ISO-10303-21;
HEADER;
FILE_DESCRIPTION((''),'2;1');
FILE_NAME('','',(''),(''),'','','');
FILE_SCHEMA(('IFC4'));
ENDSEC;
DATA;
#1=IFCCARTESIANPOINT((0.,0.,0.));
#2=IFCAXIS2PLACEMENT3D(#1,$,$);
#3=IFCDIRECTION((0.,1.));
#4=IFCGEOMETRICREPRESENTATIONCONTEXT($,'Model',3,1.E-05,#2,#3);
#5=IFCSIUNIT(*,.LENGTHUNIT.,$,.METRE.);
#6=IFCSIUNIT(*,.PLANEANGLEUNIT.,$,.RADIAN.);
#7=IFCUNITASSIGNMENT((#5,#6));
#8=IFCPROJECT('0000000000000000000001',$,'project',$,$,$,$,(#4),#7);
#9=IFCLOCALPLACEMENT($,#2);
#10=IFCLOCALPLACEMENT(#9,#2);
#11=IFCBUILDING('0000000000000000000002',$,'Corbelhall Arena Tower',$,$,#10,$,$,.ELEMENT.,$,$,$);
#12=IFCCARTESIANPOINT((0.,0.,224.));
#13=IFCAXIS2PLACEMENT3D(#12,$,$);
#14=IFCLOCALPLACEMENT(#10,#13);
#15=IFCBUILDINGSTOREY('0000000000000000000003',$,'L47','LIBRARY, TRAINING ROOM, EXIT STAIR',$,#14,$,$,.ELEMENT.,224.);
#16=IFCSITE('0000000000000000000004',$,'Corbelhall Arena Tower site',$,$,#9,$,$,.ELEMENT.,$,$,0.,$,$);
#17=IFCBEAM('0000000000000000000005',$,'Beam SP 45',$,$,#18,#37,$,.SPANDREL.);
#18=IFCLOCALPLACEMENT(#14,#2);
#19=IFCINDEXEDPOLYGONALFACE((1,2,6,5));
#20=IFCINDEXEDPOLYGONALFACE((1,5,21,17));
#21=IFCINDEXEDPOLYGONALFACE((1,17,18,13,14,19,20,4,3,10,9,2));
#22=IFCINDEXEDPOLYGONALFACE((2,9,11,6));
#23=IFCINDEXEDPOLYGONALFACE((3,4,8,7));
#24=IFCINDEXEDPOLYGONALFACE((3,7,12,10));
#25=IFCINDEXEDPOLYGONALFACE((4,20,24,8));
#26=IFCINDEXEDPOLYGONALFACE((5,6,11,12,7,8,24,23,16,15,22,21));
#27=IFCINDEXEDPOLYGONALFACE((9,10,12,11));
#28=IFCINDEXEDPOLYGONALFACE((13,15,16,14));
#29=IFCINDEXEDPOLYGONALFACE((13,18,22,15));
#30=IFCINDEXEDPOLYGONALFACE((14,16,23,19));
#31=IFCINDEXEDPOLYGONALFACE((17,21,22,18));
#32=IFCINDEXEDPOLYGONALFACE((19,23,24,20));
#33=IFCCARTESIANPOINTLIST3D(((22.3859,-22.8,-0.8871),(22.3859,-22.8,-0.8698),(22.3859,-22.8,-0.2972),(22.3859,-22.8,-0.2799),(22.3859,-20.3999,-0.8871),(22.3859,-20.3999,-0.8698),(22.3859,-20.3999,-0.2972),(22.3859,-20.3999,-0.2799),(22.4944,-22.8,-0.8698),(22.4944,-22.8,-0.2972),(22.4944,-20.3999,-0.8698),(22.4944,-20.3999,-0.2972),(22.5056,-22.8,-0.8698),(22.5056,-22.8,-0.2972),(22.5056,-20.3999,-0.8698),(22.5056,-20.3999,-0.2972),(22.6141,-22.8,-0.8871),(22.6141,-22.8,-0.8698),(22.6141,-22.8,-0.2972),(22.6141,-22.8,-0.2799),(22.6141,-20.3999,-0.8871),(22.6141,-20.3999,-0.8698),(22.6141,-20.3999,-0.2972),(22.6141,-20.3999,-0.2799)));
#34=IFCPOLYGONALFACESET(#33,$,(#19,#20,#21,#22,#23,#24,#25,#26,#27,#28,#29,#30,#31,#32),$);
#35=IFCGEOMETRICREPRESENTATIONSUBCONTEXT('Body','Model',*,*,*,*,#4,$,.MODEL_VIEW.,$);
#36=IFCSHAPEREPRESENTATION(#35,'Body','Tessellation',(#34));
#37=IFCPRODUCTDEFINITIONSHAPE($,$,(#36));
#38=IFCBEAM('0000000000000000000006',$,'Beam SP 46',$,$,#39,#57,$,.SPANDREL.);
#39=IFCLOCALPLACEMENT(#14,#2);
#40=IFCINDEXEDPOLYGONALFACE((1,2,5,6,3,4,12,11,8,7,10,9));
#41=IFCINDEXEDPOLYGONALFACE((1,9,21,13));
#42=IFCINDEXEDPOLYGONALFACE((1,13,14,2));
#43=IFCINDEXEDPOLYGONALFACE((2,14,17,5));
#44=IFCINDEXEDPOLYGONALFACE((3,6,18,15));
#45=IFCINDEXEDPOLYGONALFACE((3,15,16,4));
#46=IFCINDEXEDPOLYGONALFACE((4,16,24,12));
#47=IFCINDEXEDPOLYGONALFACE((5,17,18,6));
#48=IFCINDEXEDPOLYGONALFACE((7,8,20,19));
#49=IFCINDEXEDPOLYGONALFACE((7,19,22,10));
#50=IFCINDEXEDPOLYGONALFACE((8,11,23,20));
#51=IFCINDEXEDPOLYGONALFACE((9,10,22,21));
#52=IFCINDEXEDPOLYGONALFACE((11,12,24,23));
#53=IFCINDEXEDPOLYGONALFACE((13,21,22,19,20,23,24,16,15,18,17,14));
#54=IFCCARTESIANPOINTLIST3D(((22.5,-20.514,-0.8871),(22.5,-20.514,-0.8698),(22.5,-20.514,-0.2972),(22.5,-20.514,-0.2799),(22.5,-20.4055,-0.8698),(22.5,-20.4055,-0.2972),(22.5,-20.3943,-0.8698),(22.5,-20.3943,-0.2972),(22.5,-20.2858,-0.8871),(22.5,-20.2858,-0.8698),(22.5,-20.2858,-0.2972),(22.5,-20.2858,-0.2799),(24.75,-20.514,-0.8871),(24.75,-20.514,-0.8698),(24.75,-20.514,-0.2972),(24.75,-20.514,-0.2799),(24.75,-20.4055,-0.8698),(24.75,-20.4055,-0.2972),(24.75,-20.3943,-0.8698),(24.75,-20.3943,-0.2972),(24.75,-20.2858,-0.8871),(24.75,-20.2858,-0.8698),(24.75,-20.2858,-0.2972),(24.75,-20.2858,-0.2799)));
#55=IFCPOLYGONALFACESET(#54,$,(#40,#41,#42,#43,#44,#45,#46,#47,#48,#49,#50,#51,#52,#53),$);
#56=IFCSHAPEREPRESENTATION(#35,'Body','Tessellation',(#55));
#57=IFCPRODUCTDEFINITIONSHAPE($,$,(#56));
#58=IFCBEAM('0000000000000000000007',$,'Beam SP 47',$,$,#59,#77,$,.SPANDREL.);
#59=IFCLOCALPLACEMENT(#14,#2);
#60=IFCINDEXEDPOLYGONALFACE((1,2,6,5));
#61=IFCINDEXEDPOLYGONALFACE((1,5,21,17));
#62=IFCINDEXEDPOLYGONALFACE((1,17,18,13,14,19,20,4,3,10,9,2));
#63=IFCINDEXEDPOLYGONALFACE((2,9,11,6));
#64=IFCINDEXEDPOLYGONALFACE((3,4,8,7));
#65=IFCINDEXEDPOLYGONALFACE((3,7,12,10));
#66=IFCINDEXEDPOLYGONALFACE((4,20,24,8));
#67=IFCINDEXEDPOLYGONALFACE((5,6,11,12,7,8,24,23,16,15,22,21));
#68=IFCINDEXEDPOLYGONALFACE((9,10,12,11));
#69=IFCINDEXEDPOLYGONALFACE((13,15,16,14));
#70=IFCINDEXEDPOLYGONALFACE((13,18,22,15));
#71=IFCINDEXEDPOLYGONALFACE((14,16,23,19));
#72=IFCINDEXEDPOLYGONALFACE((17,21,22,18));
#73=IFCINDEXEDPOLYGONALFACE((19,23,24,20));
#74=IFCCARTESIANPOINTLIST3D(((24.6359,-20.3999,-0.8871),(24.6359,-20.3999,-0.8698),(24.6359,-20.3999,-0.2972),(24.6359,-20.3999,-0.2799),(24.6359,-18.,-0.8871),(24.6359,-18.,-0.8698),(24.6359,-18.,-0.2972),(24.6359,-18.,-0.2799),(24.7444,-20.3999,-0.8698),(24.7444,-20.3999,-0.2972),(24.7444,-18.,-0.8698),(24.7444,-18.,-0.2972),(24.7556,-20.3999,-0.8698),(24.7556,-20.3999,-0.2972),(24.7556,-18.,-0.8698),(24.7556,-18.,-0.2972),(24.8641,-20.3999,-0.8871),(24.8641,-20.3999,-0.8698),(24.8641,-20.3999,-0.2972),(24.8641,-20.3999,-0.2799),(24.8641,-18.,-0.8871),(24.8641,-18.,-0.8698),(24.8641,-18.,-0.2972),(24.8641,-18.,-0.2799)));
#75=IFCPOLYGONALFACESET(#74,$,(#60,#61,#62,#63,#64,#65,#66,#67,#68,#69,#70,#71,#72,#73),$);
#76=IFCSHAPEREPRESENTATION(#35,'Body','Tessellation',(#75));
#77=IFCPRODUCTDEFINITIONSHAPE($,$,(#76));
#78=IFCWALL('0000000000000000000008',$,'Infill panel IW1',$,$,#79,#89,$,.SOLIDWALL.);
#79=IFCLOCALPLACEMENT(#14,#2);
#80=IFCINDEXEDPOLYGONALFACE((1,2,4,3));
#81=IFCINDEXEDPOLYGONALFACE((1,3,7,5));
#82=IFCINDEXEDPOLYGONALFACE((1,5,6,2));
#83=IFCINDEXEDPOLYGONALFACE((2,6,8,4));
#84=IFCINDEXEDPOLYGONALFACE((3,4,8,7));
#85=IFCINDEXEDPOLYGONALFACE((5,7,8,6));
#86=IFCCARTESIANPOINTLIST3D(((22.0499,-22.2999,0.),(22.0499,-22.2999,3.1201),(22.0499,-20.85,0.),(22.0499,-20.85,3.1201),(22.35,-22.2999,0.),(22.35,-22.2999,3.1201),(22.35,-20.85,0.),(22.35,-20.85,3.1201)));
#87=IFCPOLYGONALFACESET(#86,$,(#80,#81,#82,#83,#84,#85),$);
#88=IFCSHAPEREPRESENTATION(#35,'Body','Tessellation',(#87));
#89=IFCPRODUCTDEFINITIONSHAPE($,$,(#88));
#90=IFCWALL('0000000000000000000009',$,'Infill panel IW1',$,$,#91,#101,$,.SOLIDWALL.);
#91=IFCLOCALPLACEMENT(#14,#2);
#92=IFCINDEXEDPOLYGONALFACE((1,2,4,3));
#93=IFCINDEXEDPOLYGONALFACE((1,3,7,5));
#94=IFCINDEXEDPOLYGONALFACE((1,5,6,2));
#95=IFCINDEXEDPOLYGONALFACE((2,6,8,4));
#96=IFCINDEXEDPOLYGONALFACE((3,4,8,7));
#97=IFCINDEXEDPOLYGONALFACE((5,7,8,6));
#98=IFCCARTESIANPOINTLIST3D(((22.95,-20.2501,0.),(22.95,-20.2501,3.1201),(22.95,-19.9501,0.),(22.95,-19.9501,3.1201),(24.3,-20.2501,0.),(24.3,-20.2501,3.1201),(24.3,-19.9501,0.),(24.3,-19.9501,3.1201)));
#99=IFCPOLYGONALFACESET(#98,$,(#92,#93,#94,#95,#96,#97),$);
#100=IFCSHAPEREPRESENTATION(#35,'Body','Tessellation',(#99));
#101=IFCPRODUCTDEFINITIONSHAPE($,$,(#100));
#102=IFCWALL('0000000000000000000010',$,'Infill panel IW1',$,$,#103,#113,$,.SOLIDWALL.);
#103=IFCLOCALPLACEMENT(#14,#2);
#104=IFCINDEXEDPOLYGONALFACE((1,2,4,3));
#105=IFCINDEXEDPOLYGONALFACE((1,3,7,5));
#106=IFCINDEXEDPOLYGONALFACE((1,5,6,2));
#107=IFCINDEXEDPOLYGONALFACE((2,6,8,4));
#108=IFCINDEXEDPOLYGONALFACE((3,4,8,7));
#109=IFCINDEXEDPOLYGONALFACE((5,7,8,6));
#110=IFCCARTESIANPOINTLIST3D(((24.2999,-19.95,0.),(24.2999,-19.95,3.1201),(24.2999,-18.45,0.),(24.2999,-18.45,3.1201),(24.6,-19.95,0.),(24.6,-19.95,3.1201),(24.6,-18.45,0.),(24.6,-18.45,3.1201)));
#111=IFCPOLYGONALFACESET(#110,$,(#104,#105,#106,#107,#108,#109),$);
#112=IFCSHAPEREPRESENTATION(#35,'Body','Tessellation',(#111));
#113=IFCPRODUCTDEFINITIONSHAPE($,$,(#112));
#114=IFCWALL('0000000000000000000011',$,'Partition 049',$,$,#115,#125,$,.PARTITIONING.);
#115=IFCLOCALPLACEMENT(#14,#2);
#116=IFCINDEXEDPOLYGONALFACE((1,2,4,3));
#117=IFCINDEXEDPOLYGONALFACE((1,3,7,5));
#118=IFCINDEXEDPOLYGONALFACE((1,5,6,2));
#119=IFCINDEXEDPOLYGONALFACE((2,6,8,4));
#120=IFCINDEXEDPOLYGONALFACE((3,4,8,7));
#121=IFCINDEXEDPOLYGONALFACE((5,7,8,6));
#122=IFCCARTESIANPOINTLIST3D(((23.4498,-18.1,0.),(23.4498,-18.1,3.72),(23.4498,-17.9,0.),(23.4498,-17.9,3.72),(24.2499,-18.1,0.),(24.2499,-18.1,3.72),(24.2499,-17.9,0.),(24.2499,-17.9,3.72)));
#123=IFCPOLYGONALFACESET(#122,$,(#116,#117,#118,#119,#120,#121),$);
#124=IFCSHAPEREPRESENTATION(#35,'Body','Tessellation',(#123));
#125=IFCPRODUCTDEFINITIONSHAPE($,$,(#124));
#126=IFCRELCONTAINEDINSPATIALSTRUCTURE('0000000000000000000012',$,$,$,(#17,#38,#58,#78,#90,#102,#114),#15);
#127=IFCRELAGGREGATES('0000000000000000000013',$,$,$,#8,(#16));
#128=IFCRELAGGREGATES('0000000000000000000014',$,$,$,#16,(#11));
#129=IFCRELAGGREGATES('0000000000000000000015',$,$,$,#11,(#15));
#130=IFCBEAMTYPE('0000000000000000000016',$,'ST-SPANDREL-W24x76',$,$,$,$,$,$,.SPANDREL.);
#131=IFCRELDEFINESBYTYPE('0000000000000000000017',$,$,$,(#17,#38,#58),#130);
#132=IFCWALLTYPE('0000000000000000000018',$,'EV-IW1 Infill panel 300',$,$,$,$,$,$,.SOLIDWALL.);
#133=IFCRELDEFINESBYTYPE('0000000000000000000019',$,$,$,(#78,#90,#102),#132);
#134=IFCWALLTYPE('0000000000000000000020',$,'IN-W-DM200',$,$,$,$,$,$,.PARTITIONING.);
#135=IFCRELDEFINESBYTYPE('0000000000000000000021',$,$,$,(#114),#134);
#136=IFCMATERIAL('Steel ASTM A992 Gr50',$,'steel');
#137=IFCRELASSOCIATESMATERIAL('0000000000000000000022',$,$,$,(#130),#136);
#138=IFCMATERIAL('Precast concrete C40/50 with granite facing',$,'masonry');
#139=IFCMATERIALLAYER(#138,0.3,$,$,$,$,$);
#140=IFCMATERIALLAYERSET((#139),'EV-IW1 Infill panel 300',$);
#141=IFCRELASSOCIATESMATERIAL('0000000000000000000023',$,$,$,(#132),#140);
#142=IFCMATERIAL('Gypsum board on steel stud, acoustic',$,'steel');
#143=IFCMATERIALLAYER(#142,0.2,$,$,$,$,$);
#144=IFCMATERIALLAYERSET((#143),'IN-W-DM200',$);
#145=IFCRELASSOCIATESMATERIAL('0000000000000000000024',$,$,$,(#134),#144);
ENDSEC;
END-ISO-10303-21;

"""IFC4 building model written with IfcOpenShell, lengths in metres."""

from ifc_helpers import new_model, si_unit, direction, frame, frame_2d, origin, origin_2d, place, context, subcontext, project, spatial, rectangle, i_section, extrude, material, layer, layer_set, material_profile, profile_set, type_object, element, save


model = new_model("IFC4")

# Units and contexts
model_context = context("Model", 3, precision=1e-05, world=origin(), true_north=direction((0.0, 1.0)))
body_context = subcontext(model_context, "Body", "Model", "MODEL_VIEW")
ifc_project = project(units=[si_unit("LENGTHUNIT", "METRE"), si_unit("PLANEANGLEUNIT", "RADIAN")], contexts=[model_context])

# Site, building, storey
site_placement = place(None, origin())
site = spatial("IfcSite", under=ifc_project, at=site_placement, Name="Corbelhall Arena Tower site", CompositionType="ELEMENT", RefElevation=0.0)
building_placement = place(site_placement, origin())
building = spatial("IfcBuilding", under=site, at=building_placement, Name="Corbelhall Arena Tower", CompositionType="ELEMENT")
storey_placement = place(building_placement, frame((0.0, 0.0, 224.0)))
storey = spatial("IfcBuildingStorey", under=building, at=storey_placement, Name="L47", Description="LIBRARY, TRAINING ROOM, EXIT STAIR", CompositionType="ELEMENT", Elevation=224.0)

# Beams
ifc_material_1 = material(Name="Steel ASTM A992 Gr50", Category="steel")
ifc_material_profile_1 = material_profile(ifc_material_1, i_section(OverallWidth=0.2283, OverallDepth=0.6072, WebThickness=0.0112, FlangeThickness=0.0173, at=origin_2d()))
ifc_profile_set_1 = profile_set([ifc_material_profile_1], Name="Steel ASTM A992 Gr50")
beam_type = type_object("IfcBeamType", Name="ST-SPANDREL-W24x76", PredefinedType="SPANDREL", material=ifc_profile_set_1)
beam_1_placement = place(storey_placement, frame((22.5, -20.3999, -0.5835), z_axis=(0.0, -1.0, 0.0), x_axis=(1.0, 0.0, 0.0)))
element("IfcBeam", 1, at=beam_1_placement, inside=storey, type_object=beam_type, Name="Beam SP 45", PredefinedType="SPANDREL", context=body_context, shape_type="SweptSolid", body=[
    extrude(i_section(OverallWidth=0.2283, OverallDepth=0.6072, WebThickness=0.0112, FlangeThickness=0.0173, at=origin_2d()), origin(), (0.0, 0.0, 1.0), 2.4001),
])
beam_2_placement = place(storey_placement, frame((24.75, -20.3999, -0.5835), z_axis=(-1.0, 0.0, 0.0), x_axis=(0.0, -1.0, 0.0)))
element("IfcBeam", 2, at=beam_2_placement, inside=storey, type_object=beam_type, Name="Beam SP 46", PredefinedType="SPANDREL", context=body_context, shape_type="SweptSolid", body=[
    extrude(i_section(OverallWidth=0.2283, OverallDepth=0.6072, WebThickness=0.0112, FlangeThickness=0.0173, at=origin_2d()), origin(), (0.0, 0.0, 1.0), 2.25),
])
beam_3_placement = place(storey_placement, frame((24.75, -18.0, -0.5835), z_axis=(0.0, -1.0, 0.0), x_axis=(1.0, 0.0, 0.0)))
element("IfcBeam", 3, at=beam_3_placement, inside=storey, type_object=beam_type, Name="Beam SP 47", PredefinedType="SPANDREL", context=body_context, shape_type="SweptSolid", body=[
    extrude(i_section(OverallWidth=0.2283, OverallDepth=0.6072, WebThickness=0.0112, FlangeThickness=0.0173, at=origin_2d()), origin(), (0.0, 0.0, 1.0), 2.3999),
])

# Shared definitions
ifc_material_2 = material(Name="Precast concrete C40/50 with granite facing", Category="masonry")
ifc_layer_1 = layer(ifc_material_2, 0.3)
ifc_layer_set_1 = layer_set([ifc_layer_1], Name="EV-IW1 Infill panel 300")
wall_type_1 = type_object("IfcWallType", Name="EV-IW1 Infill panel 300", PredefinedType="SOLIDWALL", material=ifc_layer_set_1)

# Walls
wall_1_placement = place(storey_placement, frame((22.2, -22.3, 0.0), z_axis=(0.0, 0.0, 1.0), x_axis=(0.0, 1.0, 0.0)))
element("IfcWall", 4, at=wall_1_placement, inside=storey, type_object=wall_type_1, Name="Infill panel IW1", PredefinedType="SOLIDWALL", context=body_context, shape_type="SweptSolid", body=[
    extrude(rectangle(XDim=1.45, YDim=0.3, at=frame_2d((0.7251, 0.0))), origin(), (0.0, 0.0, 1.0), 3.1201),
])
wall_2_placement = place(storey_placement, frame((22.95, -20.1001, 0.0), z_axis=(0.0, 0.0, 1.0), x_axis=(1.0, 0.0, 0.0)))
element("IfcWall", 5, at=wall_2_placement, inside=storey, type_object=wall_type_1, Name="Infill panel IW1", PredefinedType="SOLIDWALL", context=body_context, shape_type="SweptSolid", body=[
    extrude(rectangle(XDim=1.3501, YDim=0.3, at=frame_2d((0.675, 0.0))), origin(), (0.0, 0.0, 1.0), 3.1201),
])
wall_3_placement = place(storey_placement, frame((24.45, -19.95, 0.0), z_axis=(0.0, 0.0, 1.0), x_axis=(0.0, 1.0, 0.0)))
element("IfcWall", 6, at=wall_3_placement, inside=storey, type_object=wall_type_1, Name="Infill panel IW1", PredefinedType="SOLIDWALL", context=body_context, shape_type="SweptSolid", body=[
    extrude(rectangle(XDim=1.5, YDim=0.3, at=frame_2d((0.75, 0.0))), origin(), (0.0, 0.0, 1.0), 3.1201),
])

# Shared definitions
ifc_material_3 = material(Name="Gypsum board on steel stud, acoustic", Category="steel")
ifc_layer_2 = layer(ifc_material_3, 0.2)
ifc_layer_set_2 = layer_set([ifc_layer_2], Name="IN-W-DM200")
wall_type_2 = type_object("IfcWallType", Name="IN-W-DM200", PredefinedType="PARTITIONING", material=ifc_layer_set_2)

# Wall
wall_4_placement = place(storey_placement, frame((23.45, -18.0, 0.0), z_axis=(0.0, 0.0, 1.0), x_axis=(1.0, 0.0, 0.0)))
element("IfcWall", 7, at=wall_4_placement, inside=storey, type_object=wall_type_2, Name="Partition 049", PredefinedType="PARTITIONING", context=body_context, shape_type="SweptSolid", body=[
    extrude(rectangle(XDim=0.8, YDim=0.2, at=frame_2d((0.3999, 0.0))), origin(), (0.0, 0.0, 1.0), 3.72),
])

save(model, "model.ifc")
